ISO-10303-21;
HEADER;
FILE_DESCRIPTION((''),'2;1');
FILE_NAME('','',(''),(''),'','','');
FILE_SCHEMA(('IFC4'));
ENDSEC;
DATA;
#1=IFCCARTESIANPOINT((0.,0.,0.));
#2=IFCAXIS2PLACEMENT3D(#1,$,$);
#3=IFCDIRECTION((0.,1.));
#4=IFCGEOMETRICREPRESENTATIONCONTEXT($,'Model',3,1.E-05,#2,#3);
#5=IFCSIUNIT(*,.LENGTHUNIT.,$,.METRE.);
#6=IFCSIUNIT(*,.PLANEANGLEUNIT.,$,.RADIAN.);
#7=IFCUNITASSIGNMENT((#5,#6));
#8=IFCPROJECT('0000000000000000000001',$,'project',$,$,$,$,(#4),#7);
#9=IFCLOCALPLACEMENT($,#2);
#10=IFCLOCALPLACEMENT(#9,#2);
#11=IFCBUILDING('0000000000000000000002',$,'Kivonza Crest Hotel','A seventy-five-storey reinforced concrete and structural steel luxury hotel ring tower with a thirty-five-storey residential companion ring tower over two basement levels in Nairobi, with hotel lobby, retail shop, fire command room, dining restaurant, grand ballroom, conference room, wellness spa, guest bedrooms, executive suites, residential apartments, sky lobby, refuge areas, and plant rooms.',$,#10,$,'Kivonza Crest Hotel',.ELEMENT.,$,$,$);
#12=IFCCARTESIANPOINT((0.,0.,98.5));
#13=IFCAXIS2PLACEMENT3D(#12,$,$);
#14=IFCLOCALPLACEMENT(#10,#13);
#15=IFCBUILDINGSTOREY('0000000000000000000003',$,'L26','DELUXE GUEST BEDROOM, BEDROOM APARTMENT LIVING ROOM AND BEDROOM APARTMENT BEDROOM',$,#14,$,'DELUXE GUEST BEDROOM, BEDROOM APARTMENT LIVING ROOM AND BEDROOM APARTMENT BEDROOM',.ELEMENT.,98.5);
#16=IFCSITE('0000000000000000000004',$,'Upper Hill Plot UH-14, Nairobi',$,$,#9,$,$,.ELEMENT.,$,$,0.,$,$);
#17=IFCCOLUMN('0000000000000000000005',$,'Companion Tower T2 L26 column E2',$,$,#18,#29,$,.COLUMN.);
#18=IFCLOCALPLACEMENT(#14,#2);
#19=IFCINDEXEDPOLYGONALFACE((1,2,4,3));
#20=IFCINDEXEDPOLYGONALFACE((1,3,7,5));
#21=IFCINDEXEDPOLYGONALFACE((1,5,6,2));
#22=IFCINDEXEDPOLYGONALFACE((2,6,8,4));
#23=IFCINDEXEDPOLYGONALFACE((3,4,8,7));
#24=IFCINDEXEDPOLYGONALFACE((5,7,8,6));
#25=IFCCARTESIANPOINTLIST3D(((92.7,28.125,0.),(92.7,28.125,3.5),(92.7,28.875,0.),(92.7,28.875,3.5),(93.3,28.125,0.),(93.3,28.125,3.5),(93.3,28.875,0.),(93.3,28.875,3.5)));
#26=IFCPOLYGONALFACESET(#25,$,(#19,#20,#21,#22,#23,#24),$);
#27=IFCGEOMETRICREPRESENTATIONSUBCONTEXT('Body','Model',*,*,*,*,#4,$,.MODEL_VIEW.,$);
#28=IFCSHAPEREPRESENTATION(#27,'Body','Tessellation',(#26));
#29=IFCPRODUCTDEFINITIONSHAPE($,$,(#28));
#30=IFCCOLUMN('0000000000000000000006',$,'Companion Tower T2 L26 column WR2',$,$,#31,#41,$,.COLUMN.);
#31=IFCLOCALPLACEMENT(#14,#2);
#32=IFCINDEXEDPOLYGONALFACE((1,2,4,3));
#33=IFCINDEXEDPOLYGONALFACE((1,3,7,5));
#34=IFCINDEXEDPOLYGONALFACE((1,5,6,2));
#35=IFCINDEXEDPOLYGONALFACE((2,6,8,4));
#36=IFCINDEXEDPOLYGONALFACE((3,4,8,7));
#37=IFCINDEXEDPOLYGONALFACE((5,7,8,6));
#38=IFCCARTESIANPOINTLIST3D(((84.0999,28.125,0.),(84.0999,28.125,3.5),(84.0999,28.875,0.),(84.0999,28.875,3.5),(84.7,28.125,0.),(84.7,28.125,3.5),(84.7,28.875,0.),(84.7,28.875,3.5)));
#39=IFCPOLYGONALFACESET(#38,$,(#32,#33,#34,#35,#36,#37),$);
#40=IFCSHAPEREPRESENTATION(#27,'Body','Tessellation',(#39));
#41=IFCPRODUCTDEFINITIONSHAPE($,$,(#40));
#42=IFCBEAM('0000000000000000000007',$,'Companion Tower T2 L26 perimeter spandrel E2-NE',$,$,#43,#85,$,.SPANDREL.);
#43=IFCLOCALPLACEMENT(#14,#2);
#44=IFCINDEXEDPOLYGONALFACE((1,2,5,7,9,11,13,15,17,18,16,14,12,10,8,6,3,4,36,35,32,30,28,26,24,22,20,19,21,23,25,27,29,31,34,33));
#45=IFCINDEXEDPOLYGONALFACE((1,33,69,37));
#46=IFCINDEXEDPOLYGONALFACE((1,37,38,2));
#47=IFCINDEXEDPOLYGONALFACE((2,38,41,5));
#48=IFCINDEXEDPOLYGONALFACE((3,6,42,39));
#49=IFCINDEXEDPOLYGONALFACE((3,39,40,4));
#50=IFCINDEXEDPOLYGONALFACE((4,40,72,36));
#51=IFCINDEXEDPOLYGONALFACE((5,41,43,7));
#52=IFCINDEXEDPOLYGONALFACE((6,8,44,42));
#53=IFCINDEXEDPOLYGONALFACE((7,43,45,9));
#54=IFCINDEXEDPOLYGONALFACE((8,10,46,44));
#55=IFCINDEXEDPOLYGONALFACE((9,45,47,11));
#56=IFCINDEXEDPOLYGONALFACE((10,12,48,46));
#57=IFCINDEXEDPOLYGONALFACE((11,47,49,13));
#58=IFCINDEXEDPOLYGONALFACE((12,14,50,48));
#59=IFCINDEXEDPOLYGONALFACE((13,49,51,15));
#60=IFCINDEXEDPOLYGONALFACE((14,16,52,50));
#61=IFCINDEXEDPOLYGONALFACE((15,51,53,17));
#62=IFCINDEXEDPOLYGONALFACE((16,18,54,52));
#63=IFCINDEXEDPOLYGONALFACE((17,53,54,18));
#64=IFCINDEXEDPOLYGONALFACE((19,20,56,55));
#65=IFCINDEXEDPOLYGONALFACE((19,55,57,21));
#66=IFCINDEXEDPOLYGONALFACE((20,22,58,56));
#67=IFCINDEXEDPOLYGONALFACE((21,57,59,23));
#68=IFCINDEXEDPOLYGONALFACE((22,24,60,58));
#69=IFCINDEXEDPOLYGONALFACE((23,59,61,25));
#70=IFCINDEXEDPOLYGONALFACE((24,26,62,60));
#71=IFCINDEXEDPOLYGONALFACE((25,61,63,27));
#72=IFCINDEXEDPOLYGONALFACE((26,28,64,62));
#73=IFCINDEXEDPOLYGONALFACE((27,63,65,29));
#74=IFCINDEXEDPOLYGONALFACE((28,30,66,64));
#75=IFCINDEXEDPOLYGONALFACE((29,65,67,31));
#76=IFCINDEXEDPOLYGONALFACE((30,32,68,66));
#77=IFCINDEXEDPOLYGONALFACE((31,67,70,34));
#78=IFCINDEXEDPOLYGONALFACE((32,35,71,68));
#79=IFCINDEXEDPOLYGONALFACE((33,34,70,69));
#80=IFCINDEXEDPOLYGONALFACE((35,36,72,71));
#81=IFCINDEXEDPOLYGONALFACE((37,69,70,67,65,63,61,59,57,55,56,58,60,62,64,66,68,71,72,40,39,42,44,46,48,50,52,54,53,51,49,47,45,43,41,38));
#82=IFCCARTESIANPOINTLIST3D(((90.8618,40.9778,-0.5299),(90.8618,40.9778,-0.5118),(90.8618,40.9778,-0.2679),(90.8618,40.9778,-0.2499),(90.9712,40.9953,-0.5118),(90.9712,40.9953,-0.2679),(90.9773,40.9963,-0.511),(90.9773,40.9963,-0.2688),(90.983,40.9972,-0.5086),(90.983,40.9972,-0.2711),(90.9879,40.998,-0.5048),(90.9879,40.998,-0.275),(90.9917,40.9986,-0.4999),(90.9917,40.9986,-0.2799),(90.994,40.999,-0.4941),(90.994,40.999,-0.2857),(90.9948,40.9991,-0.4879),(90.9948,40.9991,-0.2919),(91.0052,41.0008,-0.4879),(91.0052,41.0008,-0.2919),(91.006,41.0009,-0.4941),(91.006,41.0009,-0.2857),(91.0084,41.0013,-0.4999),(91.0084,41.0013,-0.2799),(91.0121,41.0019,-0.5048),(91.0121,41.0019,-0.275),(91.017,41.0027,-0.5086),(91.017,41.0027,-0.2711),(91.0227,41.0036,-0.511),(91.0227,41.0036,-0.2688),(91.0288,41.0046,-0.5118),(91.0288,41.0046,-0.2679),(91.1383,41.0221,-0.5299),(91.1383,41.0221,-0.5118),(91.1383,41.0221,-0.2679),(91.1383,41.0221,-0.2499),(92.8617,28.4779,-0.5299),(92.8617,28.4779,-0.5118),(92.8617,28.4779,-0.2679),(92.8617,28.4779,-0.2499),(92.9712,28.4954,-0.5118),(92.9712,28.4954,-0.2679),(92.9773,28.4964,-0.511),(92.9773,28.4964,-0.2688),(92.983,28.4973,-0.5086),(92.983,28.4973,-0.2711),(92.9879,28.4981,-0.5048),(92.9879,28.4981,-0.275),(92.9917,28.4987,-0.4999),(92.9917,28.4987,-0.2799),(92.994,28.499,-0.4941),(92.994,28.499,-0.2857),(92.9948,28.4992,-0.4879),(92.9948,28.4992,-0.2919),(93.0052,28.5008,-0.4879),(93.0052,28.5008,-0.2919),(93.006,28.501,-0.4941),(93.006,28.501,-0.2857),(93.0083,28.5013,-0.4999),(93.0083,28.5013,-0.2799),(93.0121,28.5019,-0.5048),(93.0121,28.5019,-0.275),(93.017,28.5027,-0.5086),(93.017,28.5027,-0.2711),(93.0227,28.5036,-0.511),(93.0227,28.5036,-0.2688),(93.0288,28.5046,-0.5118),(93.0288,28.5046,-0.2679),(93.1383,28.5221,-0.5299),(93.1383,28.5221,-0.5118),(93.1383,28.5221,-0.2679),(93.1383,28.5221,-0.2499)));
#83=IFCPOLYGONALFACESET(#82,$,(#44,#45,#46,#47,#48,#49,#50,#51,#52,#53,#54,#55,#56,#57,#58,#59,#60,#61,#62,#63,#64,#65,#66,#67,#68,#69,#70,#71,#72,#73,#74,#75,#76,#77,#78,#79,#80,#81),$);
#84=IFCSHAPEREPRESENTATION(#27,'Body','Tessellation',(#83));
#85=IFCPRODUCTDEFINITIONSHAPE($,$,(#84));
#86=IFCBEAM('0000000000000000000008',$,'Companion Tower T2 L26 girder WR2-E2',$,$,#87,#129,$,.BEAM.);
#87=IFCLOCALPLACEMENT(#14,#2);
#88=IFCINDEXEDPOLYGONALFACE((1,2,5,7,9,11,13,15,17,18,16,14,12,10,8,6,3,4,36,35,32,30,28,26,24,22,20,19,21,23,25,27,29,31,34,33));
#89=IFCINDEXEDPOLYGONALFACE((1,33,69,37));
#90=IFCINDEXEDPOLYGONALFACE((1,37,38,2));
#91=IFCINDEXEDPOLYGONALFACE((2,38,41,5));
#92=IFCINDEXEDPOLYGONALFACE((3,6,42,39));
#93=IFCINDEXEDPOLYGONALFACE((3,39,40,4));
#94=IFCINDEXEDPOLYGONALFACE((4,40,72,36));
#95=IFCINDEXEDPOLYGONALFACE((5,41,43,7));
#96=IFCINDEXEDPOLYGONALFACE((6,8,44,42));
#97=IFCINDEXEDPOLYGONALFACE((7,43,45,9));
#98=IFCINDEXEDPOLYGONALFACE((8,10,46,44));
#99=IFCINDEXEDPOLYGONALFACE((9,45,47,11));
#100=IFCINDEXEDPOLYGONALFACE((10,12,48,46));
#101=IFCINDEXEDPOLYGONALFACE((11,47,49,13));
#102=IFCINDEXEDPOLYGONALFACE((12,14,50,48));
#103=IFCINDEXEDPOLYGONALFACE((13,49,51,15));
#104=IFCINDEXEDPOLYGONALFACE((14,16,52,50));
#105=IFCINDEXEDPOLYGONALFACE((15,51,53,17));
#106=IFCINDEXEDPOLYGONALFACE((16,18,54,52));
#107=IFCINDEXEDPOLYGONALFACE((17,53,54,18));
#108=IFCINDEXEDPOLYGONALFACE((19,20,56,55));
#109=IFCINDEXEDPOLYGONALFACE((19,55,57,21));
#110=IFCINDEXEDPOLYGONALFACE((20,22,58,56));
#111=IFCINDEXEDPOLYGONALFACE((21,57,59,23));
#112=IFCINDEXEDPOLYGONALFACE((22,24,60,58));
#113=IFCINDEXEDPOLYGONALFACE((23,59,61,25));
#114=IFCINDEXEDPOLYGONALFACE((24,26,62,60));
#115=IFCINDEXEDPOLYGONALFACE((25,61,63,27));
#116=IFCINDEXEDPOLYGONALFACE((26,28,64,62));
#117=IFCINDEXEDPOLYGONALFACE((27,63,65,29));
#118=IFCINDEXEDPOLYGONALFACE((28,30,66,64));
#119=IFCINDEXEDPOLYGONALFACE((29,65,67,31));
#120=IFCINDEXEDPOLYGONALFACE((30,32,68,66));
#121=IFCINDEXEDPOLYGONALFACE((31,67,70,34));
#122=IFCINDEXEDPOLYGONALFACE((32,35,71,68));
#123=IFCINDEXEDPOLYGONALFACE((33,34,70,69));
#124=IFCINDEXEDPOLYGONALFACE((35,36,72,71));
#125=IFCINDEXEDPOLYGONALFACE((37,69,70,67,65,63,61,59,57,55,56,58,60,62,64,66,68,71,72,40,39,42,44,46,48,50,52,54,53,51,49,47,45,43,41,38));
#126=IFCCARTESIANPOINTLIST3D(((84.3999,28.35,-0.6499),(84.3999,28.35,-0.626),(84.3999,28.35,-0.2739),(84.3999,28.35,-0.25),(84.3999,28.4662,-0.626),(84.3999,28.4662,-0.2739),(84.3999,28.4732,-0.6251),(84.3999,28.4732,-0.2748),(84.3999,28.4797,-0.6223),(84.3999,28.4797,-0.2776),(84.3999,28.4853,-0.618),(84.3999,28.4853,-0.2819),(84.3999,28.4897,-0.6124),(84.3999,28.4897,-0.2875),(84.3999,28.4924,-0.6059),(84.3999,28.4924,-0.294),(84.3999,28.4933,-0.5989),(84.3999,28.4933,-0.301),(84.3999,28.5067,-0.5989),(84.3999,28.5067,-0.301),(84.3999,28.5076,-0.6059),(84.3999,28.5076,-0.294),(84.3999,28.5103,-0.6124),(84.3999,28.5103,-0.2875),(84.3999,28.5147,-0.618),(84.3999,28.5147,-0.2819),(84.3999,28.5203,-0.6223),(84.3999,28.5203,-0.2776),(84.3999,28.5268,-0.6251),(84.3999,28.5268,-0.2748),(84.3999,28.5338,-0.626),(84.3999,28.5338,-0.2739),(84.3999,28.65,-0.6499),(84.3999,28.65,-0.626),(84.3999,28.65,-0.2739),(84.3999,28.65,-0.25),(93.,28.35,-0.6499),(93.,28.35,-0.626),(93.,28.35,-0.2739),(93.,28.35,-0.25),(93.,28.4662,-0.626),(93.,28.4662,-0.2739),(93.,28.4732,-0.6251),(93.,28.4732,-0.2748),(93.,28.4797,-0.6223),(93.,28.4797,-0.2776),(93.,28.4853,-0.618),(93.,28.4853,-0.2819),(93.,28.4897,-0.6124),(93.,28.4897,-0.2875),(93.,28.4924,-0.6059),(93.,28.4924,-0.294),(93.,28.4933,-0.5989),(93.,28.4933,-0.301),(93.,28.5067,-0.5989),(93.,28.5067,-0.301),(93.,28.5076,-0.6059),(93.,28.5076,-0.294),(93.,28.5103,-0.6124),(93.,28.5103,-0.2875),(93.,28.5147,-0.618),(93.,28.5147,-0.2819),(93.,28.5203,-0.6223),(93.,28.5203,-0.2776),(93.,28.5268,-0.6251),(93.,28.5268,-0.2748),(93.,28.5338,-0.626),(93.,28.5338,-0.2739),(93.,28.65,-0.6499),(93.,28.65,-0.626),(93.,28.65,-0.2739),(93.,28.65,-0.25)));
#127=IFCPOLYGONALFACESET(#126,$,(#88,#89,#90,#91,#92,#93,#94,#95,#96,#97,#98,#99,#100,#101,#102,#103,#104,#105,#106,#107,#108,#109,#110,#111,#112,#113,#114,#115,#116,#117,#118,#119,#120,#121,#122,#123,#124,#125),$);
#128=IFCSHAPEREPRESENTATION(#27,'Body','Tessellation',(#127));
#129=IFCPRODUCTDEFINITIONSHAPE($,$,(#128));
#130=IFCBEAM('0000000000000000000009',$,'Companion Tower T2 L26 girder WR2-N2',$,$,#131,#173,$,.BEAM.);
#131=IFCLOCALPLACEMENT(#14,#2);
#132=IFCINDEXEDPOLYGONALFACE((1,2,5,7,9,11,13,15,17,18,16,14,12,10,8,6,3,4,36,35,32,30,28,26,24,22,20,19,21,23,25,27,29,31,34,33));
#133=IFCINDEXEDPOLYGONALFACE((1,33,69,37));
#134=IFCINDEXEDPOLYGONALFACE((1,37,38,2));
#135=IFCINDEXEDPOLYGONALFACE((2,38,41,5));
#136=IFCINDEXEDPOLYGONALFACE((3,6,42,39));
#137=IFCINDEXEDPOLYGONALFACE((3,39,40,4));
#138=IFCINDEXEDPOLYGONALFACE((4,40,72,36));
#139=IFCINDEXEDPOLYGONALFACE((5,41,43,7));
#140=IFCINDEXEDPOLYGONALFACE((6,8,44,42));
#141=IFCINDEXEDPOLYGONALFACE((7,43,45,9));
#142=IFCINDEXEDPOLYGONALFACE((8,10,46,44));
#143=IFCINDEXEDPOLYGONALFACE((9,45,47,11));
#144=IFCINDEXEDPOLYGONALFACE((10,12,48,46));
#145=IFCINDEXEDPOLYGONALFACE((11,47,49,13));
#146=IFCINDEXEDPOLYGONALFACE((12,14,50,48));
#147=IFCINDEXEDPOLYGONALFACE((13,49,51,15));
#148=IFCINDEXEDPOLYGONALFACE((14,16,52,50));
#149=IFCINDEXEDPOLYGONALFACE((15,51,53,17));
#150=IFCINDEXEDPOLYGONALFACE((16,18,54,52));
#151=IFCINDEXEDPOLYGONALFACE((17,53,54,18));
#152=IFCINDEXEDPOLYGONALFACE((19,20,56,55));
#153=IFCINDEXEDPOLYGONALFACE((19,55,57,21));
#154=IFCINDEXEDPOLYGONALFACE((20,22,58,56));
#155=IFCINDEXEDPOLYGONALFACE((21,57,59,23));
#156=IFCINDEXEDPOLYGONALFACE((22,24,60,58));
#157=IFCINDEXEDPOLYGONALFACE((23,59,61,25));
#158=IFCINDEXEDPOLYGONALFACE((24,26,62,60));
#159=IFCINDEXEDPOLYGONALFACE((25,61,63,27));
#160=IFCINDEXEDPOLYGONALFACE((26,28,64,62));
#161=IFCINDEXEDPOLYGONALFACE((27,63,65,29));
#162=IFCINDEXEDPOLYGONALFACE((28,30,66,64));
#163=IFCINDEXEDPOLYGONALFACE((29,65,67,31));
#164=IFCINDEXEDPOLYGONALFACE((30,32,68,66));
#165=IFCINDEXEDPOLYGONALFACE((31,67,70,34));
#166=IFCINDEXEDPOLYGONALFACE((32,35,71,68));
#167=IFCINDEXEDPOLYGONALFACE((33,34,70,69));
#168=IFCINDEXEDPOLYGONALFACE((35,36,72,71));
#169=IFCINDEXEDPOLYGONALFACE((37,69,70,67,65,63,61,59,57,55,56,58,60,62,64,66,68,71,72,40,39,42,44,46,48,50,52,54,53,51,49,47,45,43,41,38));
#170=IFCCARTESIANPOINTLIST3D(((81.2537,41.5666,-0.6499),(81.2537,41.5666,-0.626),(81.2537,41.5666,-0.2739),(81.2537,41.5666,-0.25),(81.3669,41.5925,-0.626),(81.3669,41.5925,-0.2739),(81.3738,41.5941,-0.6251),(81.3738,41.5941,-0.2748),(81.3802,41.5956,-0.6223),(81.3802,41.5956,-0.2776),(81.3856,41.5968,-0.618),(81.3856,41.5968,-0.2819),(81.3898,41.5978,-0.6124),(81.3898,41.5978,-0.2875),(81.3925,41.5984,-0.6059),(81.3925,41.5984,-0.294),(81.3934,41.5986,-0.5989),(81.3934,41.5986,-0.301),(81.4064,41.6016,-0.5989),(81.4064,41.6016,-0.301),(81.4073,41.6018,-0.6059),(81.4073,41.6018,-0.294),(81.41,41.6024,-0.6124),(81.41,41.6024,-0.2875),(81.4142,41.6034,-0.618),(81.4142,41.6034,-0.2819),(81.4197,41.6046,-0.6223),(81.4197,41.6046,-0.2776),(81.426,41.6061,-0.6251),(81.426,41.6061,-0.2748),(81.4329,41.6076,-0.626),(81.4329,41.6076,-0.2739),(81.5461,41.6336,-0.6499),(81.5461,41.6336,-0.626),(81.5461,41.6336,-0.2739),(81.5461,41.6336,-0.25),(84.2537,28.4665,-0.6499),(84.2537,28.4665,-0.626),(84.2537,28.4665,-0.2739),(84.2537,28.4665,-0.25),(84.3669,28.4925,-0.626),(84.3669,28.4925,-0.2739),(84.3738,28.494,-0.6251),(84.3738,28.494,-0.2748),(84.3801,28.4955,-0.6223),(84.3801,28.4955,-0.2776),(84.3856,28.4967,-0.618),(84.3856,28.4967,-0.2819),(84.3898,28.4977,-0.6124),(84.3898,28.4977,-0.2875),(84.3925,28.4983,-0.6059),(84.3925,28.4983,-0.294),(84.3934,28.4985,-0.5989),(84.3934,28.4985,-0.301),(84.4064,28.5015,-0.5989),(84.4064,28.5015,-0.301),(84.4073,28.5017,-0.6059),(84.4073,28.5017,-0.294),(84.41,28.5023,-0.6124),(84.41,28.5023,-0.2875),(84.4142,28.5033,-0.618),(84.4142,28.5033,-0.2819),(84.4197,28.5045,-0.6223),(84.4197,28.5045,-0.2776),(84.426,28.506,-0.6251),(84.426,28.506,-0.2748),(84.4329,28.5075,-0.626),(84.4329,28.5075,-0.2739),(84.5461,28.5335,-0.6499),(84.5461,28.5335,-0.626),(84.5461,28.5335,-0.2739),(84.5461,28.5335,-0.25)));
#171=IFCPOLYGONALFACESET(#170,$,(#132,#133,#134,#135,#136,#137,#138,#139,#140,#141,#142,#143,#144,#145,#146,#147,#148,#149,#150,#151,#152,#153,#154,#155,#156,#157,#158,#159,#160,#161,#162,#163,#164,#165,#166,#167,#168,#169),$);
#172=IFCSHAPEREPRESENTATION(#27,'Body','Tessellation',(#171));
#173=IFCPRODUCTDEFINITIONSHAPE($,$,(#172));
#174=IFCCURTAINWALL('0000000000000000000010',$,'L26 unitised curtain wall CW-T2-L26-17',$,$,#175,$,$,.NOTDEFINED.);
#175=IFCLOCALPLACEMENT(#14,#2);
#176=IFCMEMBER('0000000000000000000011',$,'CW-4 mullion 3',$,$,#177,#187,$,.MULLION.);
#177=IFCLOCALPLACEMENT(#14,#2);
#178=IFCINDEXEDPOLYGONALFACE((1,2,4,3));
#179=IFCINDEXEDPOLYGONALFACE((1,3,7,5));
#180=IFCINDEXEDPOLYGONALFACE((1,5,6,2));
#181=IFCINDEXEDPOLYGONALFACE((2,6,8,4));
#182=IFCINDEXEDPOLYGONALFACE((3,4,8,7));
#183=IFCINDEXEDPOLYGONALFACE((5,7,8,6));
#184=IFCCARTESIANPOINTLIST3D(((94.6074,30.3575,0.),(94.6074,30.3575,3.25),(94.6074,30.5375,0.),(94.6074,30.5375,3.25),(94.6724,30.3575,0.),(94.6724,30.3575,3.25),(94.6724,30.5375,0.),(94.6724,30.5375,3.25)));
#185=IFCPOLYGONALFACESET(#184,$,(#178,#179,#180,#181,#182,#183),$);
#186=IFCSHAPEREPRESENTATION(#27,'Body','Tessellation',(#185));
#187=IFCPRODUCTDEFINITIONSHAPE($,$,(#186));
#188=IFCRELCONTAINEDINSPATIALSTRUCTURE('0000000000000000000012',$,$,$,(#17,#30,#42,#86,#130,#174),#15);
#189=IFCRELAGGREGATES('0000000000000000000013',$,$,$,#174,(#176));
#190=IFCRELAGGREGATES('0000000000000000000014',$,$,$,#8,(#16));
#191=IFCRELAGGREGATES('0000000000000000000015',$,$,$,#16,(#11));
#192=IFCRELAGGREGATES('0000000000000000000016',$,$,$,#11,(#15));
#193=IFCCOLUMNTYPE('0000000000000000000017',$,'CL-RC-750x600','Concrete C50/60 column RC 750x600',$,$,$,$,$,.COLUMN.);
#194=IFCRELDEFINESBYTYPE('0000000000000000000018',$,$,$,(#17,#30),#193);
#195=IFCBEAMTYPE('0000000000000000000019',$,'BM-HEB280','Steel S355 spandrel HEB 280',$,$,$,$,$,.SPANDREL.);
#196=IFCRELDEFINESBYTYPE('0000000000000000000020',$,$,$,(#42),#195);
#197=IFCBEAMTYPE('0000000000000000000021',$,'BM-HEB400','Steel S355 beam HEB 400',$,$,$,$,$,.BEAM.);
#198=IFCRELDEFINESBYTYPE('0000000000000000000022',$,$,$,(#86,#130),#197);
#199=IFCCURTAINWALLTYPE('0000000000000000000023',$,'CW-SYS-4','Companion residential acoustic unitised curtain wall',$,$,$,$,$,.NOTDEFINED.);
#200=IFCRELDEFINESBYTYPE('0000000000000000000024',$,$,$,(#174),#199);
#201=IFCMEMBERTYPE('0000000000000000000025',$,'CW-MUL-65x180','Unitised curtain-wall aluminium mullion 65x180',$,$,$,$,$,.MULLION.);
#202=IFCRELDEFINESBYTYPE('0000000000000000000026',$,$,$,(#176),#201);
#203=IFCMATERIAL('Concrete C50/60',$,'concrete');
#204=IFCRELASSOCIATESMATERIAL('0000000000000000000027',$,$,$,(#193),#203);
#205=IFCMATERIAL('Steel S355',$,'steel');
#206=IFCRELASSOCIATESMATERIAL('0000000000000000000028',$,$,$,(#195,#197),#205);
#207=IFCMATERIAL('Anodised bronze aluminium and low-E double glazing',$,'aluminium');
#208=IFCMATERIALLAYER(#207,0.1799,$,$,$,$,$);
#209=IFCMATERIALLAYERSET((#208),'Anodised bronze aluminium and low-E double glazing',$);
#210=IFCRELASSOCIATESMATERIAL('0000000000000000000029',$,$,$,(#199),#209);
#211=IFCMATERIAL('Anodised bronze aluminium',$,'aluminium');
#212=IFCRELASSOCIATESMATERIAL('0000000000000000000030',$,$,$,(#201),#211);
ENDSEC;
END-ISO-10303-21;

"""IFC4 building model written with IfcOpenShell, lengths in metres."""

from ifc_helpers import new_model, si_unit, direction, frame, origin, origin_2d, place, context, subcontext, project, spatial, rectangle, i_section, extrude, material, layer, layer_set, material_profile, profile_set, type_object, element, aggregate, save


model = new_model("IFC4")

# Units and contexts
model_context = context("Model", 3, precision=1e-05, world=origin(), true_north=direction((0.0, 1.0)))
body_context = subcontext(model_context, "Body", "Model", "MODEL_VIEW")
ifc_project = project(units=[si_unit("LENGTHUNIT", "METRE"), si_unit("PLANEANGLEUNIT", "RADIAN")], contexts=[model_context])

# Site, building, storey
site_placement = place(None, origin())
site = spatial("IfcSite", under=ifc_project, at=site_placement, Name="Upper Hill Plot UH-14, Nairobi", CompositionType="ELEMENT", RefElevation=0.0)
building_placement = place(site_placement, origin())
building = spatial("IfcBuilding", under=site, at=building_placement, Name="Kivonza Crest Hotel", Description="A seventy-five-storey reinforced concrete and structural steel luxury hotel ring tower with a thirty-five-storey residential companion ring tower over two basement levels in Nairobi, with hotel lobby, retail shop, fire command room, dining restaurant, grand ballroom, conference room, wellness spa, guest bedrooms, executive suites, residential apartments, sky lobby, refuge areas, and plant rooms.", LongName="Kivonza Crest Hotel", CompositionType="ELEMENT")
storey_placement = place(building_placement, frame((0.0, 0.0, 98.5)))
storey = spatial("IfcBuildingStorey", under=building, at=storey_placement, Name="L26", Description="DELUXE GUEST BEDROOM, BEDROOM APARTMENT LIVING ROOM AND BEDROOM APARTMENT BEDROOM", LongName="DELUXE GUEST BEDROOM, BEDROOM APARTMENT LIVING ROOM AND BEDROOM APARTMENT BEDROOM", CompositionType="ELEMENT", Elevation=98.5)

# Columns
ifc_material_1 = material(Name="Concrete C50/60", Category="concrete")
ifc_material_profile_1 = material_profile(ifc_material_1, rectangle(XDim=0.6001, YDim=0.75, at=origin_2d()), Name="RC 750x600")
ifc_profile_set_1 = profile_set([ifc_material_profile_1], Name="Concrete C50/60")
column_type = type_object("IfcColumnType", Name="CL-RC-750x600", Description="Concrete C50/60 column RC 750x600", PredefinedType="COLUMN", material=ifc_profile_set_1)
for number, where, z_axis, x_axis, name in (
    (1, (93.0, 28.5, 0.0), (0.0, 0.0, 1.0), (1.0, 0.0, 0.0), "Companion Tower T2 L26 column E2"),
    (2, (84.3999, 28.5, 0.0), (0.0, 0.0, 1.0), (1.0, 0.0, 0.0), "Companion Tower T2 L26 column WR2"),
):
    element("IfcColumn", number, at=place(storey_placement, frame(where, z_axis=z_axis, x_axis=x_axis)), inside=storey, type_object=column_type, Name=name, PredefinedType="COLUMN", context=body_context, shape_type="SweptSolid", body=[
        extrude(rectangle(XDim=0.6001, YDim=0.75, at=origin_2d()), origin(), (0.0, 0.0, 1.0), 3.5),
    ])

# Beams
ifc_material_2 = material(Name="Steel S355", Category="steel")
ifc_material_profile_2 = material_profile(ifc_material_2, i_section(OverallWidth=0.28, OverallDepth=0.28, WebThickness=0.0105, FlangeThickness=0.0181, FilletRadius=0.0239, at=origin_2d()), Name="HEB 280")
ifc_profile_set_2 = profile_set([ifc_material_profile_2], Name="Steel S355")
beam_type_1 = type_object("IfcBeamType", Name="BM-HEB280", Description="Steel S355 spandrel HEB 280", PredefinedType="SPANDREL", material=ifc_profile_set_2)
beam_1_placement = place(storey_placement, frame((93.0, 28.5, -0.3899), z_axis=(-0.157991, 0.987441, 0.0), x_axis=(-0.987441, -0.157991, 0.0)))
element("IfcBeam", 3, at=beam_1_placement, inside=storey, type_object=beam_type_1, Name="Companion Tower T2 L26 perimeter spandrel E2-NE", PredefinedType="SPANDREL", context=body_context, shape_type="SweptSolid", body=[
    extrude(i_section(OverallWidth=0.28, OverallDepth=0.28, WebThickness=0.0105, FlangeThickness=0.0181, FilletRadius=0.0239, at=origin_2d()), origin(), (0.0, 0.0, 1.0), 12.6589),
])
ifc_material_profile_3 = material_profile(ifc_material_2, i_section(OverallWidth=0.3, OverallDepth=0.3999, WebThickness=0.0134, FlangeThickness=0.0239, FilletRadius=0.0271, at=origin_2d()), Name="HEB 400")
ifc_profile_set_3 = profile_set([ifc_material_profile_3], Name="Steel S355")
beam_type_2 = type_object("IfcBeamType", Name="BM-HEB400", Description="Steel S355 beam HEB 400", PredefinedType="BEAM", material=ifc_profile_set_3)
beam_2_placement = place(storey_placement, frame((84.3999, 28.5, -0.45), z_axis=(1.0, 0.0, 0.0), x_axis=(0.0, 1.0, 0.0)))
element("IfcBeam", 4, at=beam_2_placement, inside=storey, type_object=beam_type_2, Name="Companion Tower T2 L26 girder WR2-E2", PredefinedType="BEAM", context=body_context, shape_type="SweptSolid", body=[
    extrude(i_section(OverallWidth=0.3, OverallDepth=0.3999, WebThickness=0.0134, FlangeThickness=0.0239, FilletRadius=0.0271, at=origin_2d()), origin(), (0.0, 0.0, 1.0), 8.6001),
])
beam_3_placement = place(storey_placement, frame((84.3999, 28.5, -0.45), z_axis=(-0.223227, 0.974766, 0.0), x_axis=(-0.974766, -0.223227, 0.0)))
element("IfcBeam", 5, at=beam_3_placement, inside=storey, type_object=beam_type_2, Name="Companion Tower T2 L26 girder WR2-N2", PredefinedType="BEAM", context=body_context, shape_type="SweptSolid", body=[
    extrude(i_section(OverallWidth=0.3, OverallDepth=0.3999, WebThickness=0.0134, FlangeThickness=0.0239, FilletRadius=0.0271, at=origin_2d()), origin(), (0.0, 0.0, 1.0), 13.4392),
])

# Curtain wall, member
ifc_material_3 = material(Name="Anodised bronze aluminium and low-E double glazing", Category="aluminium")
ifc_layer_1 = layer(ifc_material_3, 0.1799)
ifc_layer_set_1 = layer_set([ifc_layer_1], Name="Anodised bronze aluminium and low-E double glazing")
curtain_wall_type_1 = type_object("IfcCurtainWallType", Name="CW-SYS-4", Description="Companion residential acoustic unitised curtain wall", PredefinedType="NOTDEFINED", material=ifc_layer_set_1)
curtain_wall_1_placement = place(storey_placement, origin())
curtain_wall_1 = element("IfcCurtainWall", 6, at=curtain_wall_1_placement, inside=storey, type_object=curtain_wall_type_1, Name="L26 unitised curtain wall CW-T2-L26-17", PredefinedType="NOTDEFINED")
ifc_material_4 = material(Name="Anodised bronze aluminium", Category="aluminium")
ifc_material_profile_4 = material_profile(ifc_material_4, rectangle(XDim=0.0649, YDim=0.1799, at=origin_2d()), Name="CW-M 65x180")
ifc_profile_set_4 = profile_set([ifc_material_profile_4], Name="Anodised bronze aluminium")
member_type_1 = type_object("IfcMemberType", Name="CW-MUL-65x180", Description="Unitised curtain-wall aluminium mullion 65x180", PredefinedType="MULLION", material=ifc_profile_set_4)
member_1_placement = place(storey_placement, frame((94.6399, 30.4475, 0.0), z_axis=(0.0, 0.0, 1.0), x_axis=(-1.0, 0.0, 0.0)))
member_1 = element("IfcMember", 7, at=member_1_placement, type_object=member_type_1, Name="CW-4 mullion 3", PredefinedType="MULLION", context=body_context, shape_type="SweptSolid", body=[
    extrude(rectangle(XDim=0.0649, YDim=0.1799, at=origin_2d()), origin(), (0.0, 0.0, 1.0), 3.25),
])

aggregate(curtain_wall_1, [member_1])

save(model, "model.ifc")
